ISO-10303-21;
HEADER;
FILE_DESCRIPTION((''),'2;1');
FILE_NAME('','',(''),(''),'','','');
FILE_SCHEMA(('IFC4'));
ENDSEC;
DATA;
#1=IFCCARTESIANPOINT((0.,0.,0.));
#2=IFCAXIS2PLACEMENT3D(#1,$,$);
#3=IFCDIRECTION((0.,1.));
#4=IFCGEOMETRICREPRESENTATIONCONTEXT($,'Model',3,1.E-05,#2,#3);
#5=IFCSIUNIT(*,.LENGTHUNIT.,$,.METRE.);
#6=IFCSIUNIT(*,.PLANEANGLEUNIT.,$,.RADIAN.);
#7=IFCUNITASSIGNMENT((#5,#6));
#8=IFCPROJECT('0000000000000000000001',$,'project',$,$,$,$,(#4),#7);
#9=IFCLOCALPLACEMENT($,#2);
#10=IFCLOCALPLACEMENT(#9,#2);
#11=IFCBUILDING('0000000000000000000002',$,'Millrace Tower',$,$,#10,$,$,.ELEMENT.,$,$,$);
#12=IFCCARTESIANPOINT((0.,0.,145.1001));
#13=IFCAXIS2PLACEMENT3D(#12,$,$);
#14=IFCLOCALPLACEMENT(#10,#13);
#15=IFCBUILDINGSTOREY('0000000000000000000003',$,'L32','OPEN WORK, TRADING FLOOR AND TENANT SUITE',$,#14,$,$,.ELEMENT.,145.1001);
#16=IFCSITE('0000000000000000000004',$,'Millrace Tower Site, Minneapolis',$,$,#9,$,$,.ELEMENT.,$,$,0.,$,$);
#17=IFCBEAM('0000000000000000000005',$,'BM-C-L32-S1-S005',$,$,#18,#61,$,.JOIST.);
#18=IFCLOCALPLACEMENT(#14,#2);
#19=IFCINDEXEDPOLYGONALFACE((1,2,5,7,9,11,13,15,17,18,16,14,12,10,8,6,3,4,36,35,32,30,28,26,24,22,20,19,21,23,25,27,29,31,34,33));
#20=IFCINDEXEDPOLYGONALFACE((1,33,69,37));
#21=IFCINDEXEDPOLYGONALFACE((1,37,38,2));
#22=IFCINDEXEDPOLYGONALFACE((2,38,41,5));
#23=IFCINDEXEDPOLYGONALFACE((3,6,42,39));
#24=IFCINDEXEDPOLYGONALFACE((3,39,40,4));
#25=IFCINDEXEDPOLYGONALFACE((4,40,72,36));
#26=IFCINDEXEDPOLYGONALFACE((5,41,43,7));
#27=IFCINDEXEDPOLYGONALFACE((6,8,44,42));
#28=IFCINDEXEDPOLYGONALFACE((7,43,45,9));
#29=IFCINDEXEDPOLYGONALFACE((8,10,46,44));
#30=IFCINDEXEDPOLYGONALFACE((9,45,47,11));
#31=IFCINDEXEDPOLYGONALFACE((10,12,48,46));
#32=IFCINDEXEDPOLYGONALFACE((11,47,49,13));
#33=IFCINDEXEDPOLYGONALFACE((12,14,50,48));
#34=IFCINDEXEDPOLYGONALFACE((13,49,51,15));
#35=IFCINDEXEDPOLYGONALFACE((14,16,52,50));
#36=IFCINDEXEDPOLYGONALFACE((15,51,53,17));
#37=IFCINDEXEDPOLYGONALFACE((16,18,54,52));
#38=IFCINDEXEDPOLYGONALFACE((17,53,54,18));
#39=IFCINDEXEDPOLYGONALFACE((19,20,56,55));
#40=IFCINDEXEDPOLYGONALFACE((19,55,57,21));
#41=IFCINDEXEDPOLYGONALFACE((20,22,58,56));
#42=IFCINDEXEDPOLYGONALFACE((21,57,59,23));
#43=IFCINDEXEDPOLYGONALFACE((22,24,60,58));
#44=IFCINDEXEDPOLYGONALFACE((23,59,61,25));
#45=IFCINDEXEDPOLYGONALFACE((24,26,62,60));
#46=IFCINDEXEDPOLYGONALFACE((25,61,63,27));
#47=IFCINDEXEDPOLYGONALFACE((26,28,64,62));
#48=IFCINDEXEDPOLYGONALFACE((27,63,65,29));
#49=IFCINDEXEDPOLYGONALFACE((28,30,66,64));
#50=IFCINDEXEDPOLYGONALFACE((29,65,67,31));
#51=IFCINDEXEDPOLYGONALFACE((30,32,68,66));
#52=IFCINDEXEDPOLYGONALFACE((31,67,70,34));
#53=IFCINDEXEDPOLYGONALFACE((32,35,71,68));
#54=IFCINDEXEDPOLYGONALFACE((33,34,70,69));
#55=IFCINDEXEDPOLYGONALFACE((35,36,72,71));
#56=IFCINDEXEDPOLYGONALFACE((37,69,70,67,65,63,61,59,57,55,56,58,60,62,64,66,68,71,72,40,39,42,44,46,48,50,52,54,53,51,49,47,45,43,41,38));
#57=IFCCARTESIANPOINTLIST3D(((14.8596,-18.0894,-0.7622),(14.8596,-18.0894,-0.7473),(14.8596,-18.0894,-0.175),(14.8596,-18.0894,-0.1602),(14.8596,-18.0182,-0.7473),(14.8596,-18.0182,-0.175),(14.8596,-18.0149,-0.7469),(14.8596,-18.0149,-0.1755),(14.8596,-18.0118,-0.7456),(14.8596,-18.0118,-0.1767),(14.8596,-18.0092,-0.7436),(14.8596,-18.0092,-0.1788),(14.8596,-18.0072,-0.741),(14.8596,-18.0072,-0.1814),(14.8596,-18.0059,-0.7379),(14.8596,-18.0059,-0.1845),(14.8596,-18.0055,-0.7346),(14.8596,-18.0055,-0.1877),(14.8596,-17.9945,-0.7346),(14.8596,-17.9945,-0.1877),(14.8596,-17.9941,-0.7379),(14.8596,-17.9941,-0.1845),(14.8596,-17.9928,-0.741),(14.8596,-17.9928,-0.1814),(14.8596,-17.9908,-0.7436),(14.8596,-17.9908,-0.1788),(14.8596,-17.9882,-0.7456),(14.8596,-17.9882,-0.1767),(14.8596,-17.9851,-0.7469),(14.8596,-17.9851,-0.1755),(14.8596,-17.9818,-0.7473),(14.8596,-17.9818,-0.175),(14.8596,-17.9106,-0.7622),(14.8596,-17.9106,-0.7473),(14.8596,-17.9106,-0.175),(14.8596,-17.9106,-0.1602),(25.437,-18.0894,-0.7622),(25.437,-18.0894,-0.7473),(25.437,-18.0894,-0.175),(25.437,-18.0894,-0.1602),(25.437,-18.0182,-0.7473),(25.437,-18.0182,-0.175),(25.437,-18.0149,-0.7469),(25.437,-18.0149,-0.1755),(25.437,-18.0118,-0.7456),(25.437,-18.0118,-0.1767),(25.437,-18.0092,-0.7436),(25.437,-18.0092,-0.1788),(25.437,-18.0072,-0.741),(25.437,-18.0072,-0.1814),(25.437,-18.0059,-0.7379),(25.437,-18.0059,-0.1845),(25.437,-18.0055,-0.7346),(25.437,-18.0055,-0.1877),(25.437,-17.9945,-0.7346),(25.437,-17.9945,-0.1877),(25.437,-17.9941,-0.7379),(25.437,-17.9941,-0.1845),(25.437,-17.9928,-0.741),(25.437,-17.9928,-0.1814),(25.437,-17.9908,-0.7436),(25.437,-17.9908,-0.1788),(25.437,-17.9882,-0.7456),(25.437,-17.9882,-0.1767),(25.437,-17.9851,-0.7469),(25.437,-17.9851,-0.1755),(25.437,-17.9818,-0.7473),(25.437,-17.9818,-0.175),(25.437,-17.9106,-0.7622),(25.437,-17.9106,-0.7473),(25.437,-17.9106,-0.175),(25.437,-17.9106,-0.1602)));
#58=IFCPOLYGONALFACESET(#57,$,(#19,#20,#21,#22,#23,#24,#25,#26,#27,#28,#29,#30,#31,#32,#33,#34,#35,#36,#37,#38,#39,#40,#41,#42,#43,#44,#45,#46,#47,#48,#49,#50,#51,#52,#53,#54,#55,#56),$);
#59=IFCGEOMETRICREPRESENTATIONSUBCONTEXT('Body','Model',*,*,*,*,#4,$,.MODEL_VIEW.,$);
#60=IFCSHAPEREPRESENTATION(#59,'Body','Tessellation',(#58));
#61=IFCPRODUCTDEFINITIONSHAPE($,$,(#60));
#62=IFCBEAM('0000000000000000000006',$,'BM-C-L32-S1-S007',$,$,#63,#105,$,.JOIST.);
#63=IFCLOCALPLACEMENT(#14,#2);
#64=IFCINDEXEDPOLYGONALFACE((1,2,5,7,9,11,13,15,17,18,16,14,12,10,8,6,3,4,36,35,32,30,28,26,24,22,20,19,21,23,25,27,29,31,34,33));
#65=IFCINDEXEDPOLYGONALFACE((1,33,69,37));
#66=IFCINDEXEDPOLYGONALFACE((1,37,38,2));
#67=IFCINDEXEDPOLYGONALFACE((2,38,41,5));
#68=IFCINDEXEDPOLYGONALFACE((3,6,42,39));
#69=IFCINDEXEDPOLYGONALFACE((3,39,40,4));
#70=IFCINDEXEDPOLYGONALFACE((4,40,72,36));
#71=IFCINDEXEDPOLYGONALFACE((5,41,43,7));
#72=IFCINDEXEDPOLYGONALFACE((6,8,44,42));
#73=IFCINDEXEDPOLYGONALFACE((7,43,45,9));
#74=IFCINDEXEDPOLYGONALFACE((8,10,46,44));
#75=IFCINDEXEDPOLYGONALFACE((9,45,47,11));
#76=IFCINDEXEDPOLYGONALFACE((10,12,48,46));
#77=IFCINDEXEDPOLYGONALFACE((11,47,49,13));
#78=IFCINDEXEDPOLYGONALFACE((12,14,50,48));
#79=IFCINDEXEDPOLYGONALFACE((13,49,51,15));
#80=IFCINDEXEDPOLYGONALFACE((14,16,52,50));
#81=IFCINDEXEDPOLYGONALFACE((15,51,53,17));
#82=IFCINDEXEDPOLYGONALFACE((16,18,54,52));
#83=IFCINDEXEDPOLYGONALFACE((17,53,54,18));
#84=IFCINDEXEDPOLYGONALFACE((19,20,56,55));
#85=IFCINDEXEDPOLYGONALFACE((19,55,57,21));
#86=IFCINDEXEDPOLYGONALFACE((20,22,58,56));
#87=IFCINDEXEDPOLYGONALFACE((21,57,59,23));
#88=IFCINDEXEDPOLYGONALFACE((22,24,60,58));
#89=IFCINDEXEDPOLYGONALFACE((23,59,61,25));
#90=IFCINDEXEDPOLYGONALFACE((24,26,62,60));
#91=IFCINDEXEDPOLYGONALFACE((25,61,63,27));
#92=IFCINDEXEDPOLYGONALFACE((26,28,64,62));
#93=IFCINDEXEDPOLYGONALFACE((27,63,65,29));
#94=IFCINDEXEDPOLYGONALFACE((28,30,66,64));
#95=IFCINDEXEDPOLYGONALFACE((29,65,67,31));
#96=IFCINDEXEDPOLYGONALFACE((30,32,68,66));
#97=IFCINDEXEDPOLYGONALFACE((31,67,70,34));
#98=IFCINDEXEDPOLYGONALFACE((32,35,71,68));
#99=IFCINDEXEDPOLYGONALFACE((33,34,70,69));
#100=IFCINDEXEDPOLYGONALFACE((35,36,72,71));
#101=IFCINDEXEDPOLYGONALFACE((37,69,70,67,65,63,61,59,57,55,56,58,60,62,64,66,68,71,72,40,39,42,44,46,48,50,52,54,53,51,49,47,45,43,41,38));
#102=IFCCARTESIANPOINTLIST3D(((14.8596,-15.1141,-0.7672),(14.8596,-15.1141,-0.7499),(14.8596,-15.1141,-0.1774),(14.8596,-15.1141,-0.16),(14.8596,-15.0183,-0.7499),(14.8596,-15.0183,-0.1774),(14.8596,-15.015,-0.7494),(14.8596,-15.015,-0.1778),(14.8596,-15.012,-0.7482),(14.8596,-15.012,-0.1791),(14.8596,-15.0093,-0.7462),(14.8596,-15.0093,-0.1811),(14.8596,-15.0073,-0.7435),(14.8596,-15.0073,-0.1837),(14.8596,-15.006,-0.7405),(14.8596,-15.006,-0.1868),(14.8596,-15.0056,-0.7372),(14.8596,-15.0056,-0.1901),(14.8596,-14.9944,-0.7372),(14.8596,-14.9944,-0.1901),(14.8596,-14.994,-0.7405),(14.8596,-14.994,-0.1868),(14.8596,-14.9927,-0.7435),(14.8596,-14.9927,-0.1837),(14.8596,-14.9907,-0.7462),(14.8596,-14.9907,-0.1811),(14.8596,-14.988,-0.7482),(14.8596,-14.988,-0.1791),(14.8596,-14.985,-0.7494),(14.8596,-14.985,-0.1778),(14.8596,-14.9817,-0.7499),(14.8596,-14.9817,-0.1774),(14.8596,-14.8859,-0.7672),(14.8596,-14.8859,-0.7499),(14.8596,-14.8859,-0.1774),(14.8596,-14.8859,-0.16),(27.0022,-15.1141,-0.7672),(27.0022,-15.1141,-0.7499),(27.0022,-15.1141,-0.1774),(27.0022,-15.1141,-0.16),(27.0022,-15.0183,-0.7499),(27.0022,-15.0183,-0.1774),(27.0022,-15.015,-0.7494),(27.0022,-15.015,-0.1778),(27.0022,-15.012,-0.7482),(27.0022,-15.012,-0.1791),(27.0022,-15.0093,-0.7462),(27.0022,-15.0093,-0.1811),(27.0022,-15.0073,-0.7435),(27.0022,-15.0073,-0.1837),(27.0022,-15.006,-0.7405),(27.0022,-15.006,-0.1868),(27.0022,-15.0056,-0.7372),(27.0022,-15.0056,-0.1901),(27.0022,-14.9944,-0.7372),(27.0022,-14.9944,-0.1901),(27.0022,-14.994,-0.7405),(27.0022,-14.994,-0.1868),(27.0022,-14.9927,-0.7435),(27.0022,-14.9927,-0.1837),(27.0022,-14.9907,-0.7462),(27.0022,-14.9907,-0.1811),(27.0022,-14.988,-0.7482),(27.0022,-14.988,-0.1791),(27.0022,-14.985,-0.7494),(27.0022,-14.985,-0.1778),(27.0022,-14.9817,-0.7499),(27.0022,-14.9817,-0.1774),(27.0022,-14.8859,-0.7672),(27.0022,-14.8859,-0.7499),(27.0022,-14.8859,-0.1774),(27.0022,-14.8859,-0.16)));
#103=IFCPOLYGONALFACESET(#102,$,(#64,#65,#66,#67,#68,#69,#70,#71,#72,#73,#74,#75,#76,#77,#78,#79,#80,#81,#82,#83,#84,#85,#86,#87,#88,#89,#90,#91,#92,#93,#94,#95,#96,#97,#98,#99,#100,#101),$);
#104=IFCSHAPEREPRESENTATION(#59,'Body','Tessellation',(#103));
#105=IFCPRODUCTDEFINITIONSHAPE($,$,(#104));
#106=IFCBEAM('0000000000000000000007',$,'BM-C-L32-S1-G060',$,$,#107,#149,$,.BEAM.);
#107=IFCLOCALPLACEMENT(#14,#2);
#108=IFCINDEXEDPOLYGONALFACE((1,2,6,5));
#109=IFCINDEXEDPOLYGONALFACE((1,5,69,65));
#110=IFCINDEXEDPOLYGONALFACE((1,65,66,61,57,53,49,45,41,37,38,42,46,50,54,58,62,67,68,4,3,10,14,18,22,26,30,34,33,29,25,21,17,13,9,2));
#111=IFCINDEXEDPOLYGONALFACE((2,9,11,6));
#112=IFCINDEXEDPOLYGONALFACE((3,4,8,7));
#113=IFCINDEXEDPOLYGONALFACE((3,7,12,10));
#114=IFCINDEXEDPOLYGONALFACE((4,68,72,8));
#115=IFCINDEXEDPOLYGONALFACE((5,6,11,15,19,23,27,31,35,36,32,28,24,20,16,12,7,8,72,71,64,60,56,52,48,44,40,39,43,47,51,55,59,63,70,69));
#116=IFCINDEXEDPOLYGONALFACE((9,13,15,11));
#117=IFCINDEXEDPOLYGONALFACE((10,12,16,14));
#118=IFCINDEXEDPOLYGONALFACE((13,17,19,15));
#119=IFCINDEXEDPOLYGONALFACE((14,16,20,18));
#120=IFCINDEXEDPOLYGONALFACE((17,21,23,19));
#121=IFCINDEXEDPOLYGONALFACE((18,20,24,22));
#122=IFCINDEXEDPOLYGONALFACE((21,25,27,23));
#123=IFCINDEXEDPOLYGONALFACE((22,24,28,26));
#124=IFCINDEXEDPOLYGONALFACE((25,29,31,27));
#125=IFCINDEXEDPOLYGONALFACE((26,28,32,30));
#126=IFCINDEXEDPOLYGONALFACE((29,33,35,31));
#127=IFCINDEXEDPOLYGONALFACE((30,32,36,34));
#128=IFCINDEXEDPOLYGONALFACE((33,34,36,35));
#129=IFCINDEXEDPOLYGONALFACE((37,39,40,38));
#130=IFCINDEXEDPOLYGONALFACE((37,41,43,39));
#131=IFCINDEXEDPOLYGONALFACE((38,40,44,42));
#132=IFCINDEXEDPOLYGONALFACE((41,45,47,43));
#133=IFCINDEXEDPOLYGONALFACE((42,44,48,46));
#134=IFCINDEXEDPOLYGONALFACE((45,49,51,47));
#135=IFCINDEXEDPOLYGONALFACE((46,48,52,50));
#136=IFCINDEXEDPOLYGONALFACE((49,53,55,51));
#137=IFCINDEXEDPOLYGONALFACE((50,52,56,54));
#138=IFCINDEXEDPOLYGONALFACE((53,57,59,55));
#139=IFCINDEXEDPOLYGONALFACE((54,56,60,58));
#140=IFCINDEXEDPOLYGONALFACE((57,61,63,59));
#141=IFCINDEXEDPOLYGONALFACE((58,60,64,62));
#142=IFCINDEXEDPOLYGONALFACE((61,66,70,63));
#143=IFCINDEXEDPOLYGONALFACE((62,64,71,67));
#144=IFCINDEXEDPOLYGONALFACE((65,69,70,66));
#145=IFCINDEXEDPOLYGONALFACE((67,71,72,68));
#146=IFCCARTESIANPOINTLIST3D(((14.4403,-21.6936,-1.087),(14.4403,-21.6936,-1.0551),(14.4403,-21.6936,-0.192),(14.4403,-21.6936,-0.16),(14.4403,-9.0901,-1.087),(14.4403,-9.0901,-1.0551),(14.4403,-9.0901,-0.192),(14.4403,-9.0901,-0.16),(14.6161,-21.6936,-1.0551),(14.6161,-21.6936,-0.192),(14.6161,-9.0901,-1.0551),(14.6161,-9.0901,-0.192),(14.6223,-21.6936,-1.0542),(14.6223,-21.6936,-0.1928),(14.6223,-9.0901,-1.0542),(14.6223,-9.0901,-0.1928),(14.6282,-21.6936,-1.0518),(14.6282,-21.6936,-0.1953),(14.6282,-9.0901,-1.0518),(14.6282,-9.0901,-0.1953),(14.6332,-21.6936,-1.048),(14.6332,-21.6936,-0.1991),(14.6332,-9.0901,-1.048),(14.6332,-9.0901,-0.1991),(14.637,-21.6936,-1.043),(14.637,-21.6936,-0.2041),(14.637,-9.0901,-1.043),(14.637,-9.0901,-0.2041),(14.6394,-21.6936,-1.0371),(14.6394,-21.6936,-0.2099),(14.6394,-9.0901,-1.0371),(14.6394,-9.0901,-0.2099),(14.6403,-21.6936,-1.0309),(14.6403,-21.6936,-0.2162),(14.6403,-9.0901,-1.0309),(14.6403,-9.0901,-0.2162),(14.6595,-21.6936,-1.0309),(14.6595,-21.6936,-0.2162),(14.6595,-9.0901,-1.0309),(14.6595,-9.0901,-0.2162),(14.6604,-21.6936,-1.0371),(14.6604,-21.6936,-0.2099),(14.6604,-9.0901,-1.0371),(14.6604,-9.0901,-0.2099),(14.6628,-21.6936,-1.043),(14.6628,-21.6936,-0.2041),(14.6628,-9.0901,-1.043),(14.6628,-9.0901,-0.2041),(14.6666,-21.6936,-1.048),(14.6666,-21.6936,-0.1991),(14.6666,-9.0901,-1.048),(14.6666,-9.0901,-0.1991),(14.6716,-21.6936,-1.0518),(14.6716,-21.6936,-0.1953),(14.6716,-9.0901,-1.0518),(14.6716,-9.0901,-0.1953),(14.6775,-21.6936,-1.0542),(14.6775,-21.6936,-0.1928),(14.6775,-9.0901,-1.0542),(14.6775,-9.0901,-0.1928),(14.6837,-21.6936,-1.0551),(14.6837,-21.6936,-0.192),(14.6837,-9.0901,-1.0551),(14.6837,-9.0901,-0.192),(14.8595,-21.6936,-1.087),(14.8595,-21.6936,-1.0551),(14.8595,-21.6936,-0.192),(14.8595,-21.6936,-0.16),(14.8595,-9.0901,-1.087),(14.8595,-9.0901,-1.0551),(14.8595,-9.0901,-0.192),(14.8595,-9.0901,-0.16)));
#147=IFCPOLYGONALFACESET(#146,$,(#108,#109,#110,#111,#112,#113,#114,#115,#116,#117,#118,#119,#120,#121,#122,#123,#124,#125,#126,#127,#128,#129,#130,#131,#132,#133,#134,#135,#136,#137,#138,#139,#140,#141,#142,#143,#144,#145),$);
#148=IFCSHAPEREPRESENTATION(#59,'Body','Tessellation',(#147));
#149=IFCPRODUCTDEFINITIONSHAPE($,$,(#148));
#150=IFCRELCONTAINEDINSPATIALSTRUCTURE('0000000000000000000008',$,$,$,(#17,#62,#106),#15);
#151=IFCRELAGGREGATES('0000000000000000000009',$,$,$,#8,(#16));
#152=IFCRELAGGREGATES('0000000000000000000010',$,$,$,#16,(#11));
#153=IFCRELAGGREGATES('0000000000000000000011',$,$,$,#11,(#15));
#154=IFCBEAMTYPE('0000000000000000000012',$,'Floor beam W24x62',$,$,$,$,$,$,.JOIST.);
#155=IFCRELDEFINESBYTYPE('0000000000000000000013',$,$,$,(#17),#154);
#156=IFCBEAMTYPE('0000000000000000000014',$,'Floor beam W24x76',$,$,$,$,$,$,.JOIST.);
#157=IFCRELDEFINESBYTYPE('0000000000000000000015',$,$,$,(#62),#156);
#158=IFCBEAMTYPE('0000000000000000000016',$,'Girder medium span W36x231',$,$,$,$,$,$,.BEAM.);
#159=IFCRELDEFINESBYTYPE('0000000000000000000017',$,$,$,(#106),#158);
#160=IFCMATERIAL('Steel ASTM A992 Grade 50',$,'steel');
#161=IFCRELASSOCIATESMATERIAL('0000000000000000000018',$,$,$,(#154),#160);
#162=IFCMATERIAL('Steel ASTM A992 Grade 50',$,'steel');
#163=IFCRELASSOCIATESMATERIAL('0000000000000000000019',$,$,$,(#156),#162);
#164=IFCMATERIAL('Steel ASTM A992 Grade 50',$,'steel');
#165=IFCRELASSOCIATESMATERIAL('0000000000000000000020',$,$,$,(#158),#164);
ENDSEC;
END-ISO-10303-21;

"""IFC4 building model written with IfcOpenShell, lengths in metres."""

from ifc_helpers import new_model, si_unit, direction, frame, origin, origin_2d, place, context, subcontext, project, spatial, i_section, extrude, material, material_profile, profile_set, type_object, element, save


model = new_model("IFC4")

# Units and contexts
model_context = context("Model", 3, precision=1e-05, world=origin(), true_north=direction((0.0, 1.0)))
body_context = subcontext(model_context, "Body", "Model", "MODEL_VIEW")
ifc_project = project(units=[si_unit("LENGTHUNIT", "METRE"), si_unit("PLANEANGLEUNIT", "RADIAN")], contexts=[model_context])

# Site, building, storey
site_placement = place(None, origin())
site = spatial("IfcSite", under=ifc_project, at=site_placement, Name="Millrace Tower Site, Minneapolis", CompositionType="ELEMENT", RefElevation=0.0)
building_placement = place(site_placement, origin())
building = spatial("IfcBuilding", under=site, at=building_placement, Name="Millrace Tower", CompositionType="ELEMENT")
storey_placement = place(building_placement, frame((0.0, 0.0, 145.1001)))
storey = spatial("IfcBuildingStorey", under=building, at=storey_placement, Name="L32", Description="OPEN WORK, TRADING FLOOR AND TENANT SUITE", CompositionType="ELEMENT", Elevation=145.1001)

# Beams
ifc_material_1 = material(Name="Steel ASTM A992 Grade 50", Category="steel")
ifc_material_profile_1 = material_profile(ifc_material_1, i_section(OverallWidth=0.1787, OverallDepth=0.6021, WebThickness=0.011, FlangeThickness=0.0149, FilletRadius=0.0127, at=origin_2d()))
ifc_profile_set_1 = profile_set([ifc_material_profile_1], Name="Steel ASTM A992 Grade 50")
beam_type_1 = type_object("IfcBeamType", Name="Floor beam W24x62", PredefinedType="JOIST", material=ifc_profile_set_1)
beam_1_placement = place(storey_placement, frame((14.8596, -18.0, -0.4612), z_axis=(1.0, 0.0, 0.0), x_axis=(0.0, 1.0, 0.0)))
element("IfcBeam", 1, at=beam_1_placement, inside=storey, type_object=beam_type_1, Name="BM-C-L32-S1-S005", PredefinedType="JOIST", context=body_context, shape_type="SweptSolid", body=[
    extrude(i_section(OverallWidth=0.1787, OverallDepth=0.6021, WebThickness=0.011, FlangeThickness=0.0149, FilletRadius=0.0127, at=origin_2d()), origin(), (0.0, 0.0, 1.0), 10.5774),
])
ifc_material_2 = material(Name="Steel ASTM A992 Grade 50", Category="steel")
ifc_material_profile_2 = material_profile(ifc_material_2, i_section(OverallWidth=0.2283, OverallDepth=0.6072, WebThickness=0.0112, FlangeThickness=0.0173, FilletRadius=0.0127, at=origin_2d()))
ifc_profile_set_2 = profile_set([ifc_material_profile_2], Name="Steel ASTM A992 Grade 50")
beam_type_2 = type_object("IfcBeamType", Name="Floor beam W24x76", PredefinedType="JOIST", material=ifc_profile_set_2)
beam_2_placement = place(storey_placement, frame((14.8596, -15.0, -0.4636), z_axis=(1.0, 0.0, 0.0), x_axis=(0.0, 1.0, 0.0)))
element("IfcBeam", 2, at=beam_2_placement, inside=storey, type_object=beam_type_2, Name="BM-C-L32-S1-S007", PredefinedType="JOIST", context=body_context, shape_type="SweptSolid", body=[
    extrude(i_section(OverallWidth=0.2283, OverallDepth=0.6072, WebThickness=0.0112, FlangeThickness=0.0173, FilletRadius=0.0127, at=origin_2d()), origin(), (0.0, 0.0, 1.0), 12.1426),
])
ifc_material_3 = material(Name="Steel ASTM A992 Grade 50", Category="steel")
ifc_material_profile_3 = material_profile(ifc_material_3, i_section(OverallWidth=0.4192, OverallDepth=0.927, WebThickness=0.0193, FlangeThickness=0.032, FilletRadius=0.0242, at=origin_2d()))
ifc_profile_set_3 = profile_set([ifc_material_profile_3], Name="Steel ASTM A992 Grade 50")
beam_type_3 = type_object("IfcBeamType", Name="Girder medium span W36x231", PredefinedType="BEAM", material=ifc_profile_set_3)
beam_3_placement = place(storey_placement, frame((14.6499, -21.6936, -0.6235), z_axis=(0.0, 1.0, 0.0), x_axis=(-1.0, 0.0, 0.0)))
element("IfcBeam", 3, at=beam_3_placement, inside=storey, type_object=beam_type_3, Name="BM-C-L32-S1-G060", PredefinedType="BEAM", context=body_context, shape_type="SweptSolid", body=[
    extrude(i_section(OverallWidth=0.4192, OverallDepth=0.927, WebThickness=0.0193, FlangeThickness=0.032, FilletRadius=0.0242, at=origin_2d()), origin(), (0.0, 0.0, 1.0), 12.6035),
])

save(model, "model.ifc")
